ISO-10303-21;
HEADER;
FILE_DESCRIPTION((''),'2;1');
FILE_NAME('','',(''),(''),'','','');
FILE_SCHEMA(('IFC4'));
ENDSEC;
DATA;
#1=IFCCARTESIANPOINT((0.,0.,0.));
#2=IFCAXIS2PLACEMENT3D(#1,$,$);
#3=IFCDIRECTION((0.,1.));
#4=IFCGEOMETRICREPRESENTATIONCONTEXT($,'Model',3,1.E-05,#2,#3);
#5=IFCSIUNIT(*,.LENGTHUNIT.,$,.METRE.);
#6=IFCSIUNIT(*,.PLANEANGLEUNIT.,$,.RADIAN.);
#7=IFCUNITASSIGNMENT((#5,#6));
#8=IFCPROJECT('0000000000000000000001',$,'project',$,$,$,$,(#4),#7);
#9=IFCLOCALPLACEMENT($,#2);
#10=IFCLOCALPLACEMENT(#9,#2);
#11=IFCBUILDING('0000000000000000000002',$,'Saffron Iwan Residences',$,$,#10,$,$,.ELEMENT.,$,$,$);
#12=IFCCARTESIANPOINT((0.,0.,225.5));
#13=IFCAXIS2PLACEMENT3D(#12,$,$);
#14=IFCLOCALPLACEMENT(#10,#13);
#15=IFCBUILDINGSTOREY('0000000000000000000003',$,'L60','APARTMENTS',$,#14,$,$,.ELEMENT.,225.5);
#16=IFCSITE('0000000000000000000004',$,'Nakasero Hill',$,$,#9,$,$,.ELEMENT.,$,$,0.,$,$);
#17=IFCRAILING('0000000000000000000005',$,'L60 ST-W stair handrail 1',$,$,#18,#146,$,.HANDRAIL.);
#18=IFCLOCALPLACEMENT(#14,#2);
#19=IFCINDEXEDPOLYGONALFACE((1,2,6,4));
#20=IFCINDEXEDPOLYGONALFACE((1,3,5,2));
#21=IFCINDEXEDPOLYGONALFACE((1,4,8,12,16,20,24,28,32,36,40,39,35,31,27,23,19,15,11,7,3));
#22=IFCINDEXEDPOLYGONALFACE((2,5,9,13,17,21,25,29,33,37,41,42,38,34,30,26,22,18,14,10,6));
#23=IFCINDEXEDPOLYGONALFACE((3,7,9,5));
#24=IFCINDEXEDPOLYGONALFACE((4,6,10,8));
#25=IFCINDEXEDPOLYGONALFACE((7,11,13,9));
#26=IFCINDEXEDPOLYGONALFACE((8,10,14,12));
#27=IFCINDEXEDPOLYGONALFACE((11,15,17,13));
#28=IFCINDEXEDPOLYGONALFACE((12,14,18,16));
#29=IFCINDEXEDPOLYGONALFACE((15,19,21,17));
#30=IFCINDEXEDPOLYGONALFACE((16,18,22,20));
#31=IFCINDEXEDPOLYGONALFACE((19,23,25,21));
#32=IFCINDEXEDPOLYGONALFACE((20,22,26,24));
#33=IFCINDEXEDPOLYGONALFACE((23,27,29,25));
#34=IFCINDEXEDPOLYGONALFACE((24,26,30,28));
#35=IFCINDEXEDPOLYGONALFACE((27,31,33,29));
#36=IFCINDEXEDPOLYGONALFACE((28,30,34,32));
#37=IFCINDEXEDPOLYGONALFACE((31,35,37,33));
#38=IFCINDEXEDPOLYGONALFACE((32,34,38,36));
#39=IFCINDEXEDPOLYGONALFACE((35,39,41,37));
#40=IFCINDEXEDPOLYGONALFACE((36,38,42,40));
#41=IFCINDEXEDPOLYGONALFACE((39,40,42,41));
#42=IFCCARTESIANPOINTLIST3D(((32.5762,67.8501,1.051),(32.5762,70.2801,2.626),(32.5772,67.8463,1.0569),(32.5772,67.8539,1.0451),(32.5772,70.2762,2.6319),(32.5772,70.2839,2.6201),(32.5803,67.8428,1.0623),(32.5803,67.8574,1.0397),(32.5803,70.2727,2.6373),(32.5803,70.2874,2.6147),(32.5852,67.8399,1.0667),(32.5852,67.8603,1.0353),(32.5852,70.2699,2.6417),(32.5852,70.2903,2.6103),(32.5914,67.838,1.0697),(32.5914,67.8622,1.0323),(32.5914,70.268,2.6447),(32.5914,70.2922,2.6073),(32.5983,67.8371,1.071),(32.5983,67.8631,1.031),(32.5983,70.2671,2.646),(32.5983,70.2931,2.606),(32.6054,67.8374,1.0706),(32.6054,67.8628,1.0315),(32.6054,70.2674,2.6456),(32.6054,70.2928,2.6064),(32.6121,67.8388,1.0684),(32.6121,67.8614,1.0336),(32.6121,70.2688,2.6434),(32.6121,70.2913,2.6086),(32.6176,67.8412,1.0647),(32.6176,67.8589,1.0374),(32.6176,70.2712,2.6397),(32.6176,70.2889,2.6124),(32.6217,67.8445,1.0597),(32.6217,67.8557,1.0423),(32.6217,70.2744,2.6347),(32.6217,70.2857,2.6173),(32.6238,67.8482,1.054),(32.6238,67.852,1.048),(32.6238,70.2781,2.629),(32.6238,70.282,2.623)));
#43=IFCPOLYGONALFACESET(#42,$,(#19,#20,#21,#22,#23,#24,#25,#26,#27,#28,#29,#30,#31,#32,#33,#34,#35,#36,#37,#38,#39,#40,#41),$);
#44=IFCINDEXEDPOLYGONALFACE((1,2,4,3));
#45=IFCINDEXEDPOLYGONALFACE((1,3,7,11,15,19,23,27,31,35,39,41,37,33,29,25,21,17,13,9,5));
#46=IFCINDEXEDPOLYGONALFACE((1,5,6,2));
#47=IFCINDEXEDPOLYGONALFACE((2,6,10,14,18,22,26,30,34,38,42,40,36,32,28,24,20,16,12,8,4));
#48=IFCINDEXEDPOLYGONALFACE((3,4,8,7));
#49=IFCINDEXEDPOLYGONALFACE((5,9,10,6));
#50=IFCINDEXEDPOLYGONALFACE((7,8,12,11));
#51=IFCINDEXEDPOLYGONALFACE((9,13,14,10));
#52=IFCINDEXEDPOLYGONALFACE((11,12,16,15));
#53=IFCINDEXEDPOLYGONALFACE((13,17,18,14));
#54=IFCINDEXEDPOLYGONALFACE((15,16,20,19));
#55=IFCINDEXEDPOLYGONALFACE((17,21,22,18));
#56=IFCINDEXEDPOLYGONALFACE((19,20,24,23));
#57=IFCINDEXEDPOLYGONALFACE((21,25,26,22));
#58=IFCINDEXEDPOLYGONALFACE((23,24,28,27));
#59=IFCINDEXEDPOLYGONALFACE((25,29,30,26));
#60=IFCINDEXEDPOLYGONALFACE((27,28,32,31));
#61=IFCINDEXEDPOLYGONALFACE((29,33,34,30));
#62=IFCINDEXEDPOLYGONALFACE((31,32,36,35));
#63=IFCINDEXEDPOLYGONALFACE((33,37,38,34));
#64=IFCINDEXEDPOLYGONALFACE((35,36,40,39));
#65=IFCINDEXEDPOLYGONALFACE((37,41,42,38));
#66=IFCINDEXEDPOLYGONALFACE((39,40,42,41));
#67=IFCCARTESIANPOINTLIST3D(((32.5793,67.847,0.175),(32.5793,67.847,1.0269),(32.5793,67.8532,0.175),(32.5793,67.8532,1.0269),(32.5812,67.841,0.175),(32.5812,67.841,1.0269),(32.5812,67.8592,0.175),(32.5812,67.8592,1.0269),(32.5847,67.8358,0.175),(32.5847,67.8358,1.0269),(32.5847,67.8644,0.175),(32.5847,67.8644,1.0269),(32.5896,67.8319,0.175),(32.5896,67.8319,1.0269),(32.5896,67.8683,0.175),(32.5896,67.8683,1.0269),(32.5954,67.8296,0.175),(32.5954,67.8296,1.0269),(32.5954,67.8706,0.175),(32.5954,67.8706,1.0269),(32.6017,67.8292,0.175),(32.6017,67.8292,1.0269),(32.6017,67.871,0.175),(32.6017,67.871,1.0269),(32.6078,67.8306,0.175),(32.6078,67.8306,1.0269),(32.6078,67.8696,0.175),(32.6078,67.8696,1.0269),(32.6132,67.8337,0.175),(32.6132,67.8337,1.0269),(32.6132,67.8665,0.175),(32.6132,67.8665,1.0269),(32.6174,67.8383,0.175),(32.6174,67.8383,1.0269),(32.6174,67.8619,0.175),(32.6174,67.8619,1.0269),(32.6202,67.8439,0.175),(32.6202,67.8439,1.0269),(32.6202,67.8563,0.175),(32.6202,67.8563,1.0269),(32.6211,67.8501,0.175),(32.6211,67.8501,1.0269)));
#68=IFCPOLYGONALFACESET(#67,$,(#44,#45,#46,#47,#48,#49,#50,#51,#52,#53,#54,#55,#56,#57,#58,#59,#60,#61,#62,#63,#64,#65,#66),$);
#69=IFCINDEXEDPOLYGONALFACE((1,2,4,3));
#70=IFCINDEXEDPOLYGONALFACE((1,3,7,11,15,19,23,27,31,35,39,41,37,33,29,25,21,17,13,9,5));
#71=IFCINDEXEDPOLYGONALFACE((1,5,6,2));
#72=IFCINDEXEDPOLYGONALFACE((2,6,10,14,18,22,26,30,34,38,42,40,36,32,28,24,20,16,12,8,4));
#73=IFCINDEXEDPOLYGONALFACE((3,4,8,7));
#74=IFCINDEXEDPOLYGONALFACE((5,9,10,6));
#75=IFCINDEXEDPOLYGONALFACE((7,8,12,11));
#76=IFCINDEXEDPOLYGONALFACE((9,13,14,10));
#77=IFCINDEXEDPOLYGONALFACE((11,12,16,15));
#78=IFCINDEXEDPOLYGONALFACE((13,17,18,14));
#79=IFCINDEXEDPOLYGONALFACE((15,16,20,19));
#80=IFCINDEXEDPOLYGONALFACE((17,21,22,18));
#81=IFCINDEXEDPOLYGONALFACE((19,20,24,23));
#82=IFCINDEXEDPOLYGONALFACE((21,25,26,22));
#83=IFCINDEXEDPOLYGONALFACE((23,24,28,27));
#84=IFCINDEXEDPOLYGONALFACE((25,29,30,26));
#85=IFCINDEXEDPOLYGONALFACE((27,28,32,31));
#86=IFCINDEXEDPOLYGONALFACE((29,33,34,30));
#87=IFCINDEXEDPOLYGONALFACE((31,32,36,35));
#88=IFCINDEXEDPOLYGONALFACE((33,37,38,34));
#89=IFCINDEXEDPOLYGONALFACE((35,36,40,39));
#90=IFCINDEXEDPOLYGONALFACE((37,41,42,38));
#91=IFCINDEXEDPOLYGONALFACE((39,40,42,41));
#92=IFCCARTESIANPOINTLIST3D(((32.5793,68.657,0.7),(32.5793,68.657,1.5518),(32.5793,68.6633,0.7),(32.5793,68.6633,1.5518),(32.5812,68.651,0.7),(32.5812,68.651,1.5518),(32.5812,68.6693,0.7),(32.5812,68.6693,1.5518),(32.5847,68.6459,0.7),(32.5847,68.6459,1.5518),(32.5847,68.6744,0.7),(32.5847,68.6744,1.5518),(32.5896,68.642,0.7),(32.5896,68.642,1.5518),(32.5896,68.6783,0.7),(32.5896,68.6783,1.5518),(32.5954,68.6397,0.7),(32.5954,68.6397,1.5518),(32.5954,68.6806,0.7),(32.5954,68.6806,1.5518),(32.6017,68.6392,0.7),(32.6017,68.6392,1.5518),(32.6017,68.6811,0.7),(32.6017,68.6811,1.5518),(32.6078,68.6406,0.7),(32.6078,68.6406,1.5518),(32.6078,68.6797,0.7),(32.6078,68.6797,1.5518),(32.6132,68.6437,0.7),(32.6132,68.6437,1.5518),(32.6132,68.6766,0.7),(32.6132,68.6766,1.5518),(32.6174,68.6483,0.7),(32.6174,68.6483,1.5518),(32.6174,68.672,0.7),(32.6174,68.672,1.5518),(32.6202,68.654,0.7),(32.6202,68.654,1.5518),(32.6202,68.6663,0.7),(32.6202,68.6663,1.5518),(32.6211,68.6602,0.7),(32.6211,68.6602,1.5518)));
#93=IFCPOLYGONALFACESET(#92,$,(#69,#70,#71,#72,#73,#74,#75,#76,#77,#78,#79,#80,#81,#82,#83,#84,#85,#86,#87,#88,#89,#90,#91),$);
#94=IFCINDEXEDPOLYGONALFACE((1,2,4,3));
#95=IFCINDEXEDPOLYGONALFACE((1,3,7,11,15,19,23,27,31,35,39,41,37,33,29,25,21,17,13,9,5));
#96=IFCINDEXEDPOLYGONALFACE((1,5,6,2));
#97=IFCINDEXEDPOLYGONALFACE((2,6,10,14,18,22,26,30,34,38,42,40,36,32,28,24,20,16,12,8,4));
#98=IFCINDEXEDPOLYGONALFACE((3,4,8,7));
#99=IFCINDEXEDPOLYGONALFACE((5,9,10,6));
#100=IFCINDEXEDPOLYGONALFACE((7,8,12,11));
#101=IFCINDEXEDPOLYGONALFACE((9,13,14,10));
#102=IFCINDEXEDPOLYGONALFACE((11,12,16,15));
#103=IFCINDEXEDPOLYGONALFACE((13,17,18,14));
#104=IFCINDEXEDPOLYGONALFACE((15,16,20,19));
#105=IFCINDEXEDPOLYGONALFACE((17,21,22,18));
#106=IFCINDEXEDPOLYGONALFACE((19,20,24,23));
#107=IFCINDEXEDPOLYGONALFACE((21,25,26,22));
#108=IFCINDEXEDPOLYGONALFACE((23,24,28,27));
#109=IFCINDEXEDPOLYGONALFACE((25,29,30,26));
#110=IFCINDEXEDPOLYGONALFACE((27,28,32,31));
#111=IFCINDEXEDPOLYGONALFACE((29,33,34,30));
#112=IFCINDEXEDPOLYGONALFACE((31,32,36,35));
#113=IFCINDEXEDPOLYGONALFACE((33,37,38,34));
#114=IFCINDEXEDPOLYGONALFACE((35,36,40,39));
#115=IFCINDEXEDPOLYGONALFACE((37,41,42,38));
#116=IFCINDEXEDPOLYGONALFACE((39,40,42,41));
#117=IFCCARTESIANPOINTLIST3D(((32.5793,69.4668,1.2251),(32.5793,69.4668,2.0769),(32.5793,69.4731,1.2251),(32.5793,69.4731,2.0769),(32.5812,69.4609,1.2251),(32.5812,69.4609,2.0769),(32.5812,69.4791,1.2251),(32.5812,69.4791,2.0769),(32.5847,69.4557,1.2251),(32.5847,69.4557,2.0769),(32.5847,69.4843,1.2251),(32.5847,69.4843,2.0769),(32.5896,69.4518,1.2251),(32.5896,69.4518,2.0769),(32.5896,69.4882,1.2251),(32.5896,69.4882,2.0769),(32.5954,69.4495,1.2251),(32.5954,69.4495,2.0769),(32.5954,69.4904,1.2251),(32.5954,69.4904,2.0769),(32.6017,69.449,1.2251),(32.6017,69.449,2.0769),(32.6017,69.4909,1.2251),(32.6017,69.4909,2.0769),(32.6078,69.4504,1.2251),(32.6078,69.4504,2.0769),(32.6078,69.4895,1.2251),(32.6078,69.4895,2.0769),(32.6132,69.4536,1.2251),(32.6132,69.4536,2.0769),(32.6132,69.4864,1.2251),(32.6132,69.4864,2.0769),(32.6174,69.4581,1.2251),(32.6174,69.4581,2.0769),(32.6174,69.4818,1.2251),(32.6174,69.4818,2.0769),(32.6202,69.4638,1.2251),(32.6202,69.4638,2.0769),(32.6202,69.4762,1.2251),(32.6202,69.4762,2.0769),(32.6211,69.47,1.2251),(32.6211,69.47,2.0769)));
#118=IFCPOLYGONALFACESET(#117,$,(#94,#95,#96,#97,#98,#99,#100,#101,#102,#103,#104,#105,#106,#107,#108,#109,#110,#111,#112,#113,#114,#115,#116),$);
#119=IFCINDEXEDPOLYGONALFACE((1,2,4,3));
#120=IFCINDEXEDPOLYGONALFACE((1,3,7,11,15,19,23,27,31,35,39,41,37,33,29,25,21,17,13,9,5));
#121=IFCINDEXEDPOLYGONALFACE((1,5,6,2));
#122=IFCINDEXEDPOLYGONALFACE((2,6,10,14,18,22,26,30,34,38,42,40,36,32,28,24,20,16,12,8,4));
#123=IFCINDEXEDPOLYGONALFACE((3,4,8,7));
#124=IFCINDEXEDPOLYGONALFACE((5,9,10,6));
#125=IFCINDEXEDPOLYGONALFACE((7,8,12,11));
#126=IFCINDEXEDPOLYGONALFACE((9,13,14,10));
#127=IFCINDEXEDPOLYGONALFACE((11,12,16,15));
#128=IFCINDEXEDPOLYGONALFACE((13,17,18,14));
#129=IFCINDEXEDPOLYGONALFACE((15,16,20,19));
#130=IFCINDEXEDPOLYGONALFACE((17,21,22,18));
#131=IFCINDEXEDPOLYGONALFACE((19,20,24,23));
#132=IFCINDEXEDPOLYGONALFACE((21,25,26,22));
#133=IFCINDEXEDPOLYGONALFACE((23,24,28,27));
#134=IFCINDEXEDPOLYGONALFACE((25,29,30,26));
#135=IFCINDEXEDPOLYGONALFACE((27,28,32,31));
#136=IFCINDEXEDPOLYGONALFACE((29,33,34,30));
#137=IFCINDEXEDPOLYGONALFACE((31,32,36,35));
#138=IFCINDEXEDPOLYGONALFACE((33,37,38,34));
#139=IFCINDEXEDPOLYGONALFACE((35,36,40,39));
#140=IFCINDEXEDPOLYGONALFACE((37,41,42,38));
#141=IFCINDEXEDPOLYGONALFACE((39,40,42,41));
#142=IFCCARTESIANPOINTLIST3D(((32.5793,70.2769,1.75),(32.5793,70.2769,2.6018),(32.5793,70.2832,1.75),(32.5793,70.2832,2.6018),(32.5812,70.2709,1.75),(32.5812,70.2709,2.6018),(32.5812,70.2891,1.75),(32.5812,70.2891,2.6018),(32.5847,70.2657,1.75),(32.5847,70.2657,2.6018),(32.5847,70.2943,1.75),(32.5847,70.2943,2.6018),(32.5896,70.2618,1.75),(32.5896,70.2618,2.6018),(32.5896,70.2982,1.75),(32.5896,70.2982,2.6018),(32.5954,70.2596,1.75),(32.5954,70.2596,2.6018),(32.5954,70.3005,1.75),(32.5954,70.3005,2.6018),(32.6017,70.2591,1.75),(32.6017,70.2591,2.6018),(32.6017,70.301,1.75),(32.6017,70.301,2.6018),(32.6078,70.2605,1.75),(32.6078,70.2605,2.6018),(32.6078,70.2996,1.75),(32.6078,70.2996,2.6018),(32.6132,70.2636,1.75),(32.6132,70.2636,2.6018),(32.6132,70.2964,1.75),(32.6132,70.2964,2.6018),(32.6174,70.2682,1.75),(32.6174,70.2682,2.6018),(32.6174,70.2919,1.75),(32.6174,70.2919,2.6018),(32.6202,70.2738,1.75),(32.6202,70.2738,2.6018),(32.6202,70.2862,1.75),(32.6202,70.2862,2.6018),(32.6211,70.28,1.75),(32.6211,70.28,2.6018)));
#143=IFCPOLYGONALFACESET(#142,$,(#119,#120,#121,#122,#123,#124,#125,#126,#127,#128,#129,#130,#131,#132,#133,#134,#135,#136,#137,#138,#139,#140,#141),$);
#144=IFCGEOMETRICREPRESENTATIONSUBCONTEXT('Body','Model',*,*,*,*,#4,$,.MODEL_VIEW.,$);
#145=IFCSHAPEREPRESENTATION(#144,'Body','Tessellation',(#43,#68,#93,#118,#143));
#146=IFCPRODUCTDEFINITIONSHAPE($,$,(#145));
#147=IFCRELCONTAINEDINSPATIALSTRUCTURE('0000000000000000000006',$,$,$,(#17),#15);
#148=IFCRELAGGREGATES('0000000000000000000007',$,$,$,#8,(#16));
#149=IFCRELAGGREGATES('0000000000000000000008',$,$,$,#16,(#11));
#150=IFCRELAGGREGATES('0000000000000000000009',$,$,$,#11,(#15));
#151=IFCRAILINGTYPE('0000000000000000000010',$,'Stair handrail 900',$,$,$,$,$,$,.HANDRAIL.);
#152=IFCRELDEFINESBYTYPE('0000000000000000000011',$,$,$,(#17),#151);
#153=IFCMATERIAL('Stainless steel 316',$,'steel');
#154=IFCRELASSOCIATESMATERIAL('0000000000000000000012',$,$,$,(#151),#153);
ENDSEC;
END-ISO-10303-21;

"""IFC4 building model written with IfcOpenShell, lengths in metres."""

from ifc_helpers import new_model, si_unit, direction, frame, origin, origin_2d, place, context, subcontext, project, spatial, circle, extrude, material, type_object, element, save


model = new_model("IFC4")

# Units and contexts
model_context = context("Model", 3, precision=1e-05, world=origin(), true_north=direction((0.0, 1.0)))
body_context = subcontext(model_context, "Body", "Model", "MODEL_VIEW")
ifc_project = project(units=[si_unit("LENGTHUNIT", "METRE"), si_unit("PLANEANGLEUNIT", "RADIAN")], contexts=[model_context])

# Site, building, storey
site_placement = place(None, origin())
site = spatial("IfcSite", under=ifc_project, at=site_placement, Name="Nakasero Hill", CompositionType="ELEMENT", RefElevation=0.0)
building_placement = place(site_placement, origin())
building = spatial("IfcBuilding", under=site, at=building_placement, Name="Saffron Iwan Residences", CompositionType="ELEMENT")
storey_placement = place(building_placement, frame((0.0, 0.0, 225.5)))
storey = spatial("IfcBuildingStorey", under=building, at=storey_placement, Name="L60", Description="APARTMENTS", CompositionType="ELEMENT", Elevation=225.5)

# Railing
ifc_material_1 = material(Name="Stainless steel 316", Category="steel")
railing_type_1 = type_object("IfcRailingType", Name="Stair handrail 900", PredefinedType="HANDRAIL", material=ifc_material_1)
railing_1_placement = place(storey_placement, frame((32.6001, 67.8501, 0.175)))
element("IfcRailing", 1, at=railing_1_placement, inside=storey, type_object=railing_type_1, Name="L60 ST-W stair handrail 1", PredefinedType="HANDRAIL", context=body_context, shape_type="SweptSolid", body=[
    extrude(circle(Radius=0.0239, at=origin_2d()), frame((0.0, 0.0, 0.876), z_axis=(0.0, 0.839154, 0.543894), x_axis=(-1.0, 0.0, 0.0)), (0.0, 0.0, 1.0), 2.8958),
    extrude(circle(Radius=0.021, at=origin_2d()), origin(), (0.0, 0.0, 1.0), 0.8518),
    extrude(circle(Radius=0.021, at=origin_2d()), frame((0.0, 0.8101, 0.5249)), (0.0, 0.0, 1.0), 0.8518),
    extrude(circle(Radius=0.021, at=origin_2d()), frame((0.0, 1.6199, 1.05)), (0.0, 0.0, 1.0), 0.8518),
    extrude(circle(Radius=0.021, at=origin_2d()), frame((0.0, 2.4299, 1.575)), (0.0, 0.0, 1.0), 0.8518),
])

save(model, "model.ifc")
